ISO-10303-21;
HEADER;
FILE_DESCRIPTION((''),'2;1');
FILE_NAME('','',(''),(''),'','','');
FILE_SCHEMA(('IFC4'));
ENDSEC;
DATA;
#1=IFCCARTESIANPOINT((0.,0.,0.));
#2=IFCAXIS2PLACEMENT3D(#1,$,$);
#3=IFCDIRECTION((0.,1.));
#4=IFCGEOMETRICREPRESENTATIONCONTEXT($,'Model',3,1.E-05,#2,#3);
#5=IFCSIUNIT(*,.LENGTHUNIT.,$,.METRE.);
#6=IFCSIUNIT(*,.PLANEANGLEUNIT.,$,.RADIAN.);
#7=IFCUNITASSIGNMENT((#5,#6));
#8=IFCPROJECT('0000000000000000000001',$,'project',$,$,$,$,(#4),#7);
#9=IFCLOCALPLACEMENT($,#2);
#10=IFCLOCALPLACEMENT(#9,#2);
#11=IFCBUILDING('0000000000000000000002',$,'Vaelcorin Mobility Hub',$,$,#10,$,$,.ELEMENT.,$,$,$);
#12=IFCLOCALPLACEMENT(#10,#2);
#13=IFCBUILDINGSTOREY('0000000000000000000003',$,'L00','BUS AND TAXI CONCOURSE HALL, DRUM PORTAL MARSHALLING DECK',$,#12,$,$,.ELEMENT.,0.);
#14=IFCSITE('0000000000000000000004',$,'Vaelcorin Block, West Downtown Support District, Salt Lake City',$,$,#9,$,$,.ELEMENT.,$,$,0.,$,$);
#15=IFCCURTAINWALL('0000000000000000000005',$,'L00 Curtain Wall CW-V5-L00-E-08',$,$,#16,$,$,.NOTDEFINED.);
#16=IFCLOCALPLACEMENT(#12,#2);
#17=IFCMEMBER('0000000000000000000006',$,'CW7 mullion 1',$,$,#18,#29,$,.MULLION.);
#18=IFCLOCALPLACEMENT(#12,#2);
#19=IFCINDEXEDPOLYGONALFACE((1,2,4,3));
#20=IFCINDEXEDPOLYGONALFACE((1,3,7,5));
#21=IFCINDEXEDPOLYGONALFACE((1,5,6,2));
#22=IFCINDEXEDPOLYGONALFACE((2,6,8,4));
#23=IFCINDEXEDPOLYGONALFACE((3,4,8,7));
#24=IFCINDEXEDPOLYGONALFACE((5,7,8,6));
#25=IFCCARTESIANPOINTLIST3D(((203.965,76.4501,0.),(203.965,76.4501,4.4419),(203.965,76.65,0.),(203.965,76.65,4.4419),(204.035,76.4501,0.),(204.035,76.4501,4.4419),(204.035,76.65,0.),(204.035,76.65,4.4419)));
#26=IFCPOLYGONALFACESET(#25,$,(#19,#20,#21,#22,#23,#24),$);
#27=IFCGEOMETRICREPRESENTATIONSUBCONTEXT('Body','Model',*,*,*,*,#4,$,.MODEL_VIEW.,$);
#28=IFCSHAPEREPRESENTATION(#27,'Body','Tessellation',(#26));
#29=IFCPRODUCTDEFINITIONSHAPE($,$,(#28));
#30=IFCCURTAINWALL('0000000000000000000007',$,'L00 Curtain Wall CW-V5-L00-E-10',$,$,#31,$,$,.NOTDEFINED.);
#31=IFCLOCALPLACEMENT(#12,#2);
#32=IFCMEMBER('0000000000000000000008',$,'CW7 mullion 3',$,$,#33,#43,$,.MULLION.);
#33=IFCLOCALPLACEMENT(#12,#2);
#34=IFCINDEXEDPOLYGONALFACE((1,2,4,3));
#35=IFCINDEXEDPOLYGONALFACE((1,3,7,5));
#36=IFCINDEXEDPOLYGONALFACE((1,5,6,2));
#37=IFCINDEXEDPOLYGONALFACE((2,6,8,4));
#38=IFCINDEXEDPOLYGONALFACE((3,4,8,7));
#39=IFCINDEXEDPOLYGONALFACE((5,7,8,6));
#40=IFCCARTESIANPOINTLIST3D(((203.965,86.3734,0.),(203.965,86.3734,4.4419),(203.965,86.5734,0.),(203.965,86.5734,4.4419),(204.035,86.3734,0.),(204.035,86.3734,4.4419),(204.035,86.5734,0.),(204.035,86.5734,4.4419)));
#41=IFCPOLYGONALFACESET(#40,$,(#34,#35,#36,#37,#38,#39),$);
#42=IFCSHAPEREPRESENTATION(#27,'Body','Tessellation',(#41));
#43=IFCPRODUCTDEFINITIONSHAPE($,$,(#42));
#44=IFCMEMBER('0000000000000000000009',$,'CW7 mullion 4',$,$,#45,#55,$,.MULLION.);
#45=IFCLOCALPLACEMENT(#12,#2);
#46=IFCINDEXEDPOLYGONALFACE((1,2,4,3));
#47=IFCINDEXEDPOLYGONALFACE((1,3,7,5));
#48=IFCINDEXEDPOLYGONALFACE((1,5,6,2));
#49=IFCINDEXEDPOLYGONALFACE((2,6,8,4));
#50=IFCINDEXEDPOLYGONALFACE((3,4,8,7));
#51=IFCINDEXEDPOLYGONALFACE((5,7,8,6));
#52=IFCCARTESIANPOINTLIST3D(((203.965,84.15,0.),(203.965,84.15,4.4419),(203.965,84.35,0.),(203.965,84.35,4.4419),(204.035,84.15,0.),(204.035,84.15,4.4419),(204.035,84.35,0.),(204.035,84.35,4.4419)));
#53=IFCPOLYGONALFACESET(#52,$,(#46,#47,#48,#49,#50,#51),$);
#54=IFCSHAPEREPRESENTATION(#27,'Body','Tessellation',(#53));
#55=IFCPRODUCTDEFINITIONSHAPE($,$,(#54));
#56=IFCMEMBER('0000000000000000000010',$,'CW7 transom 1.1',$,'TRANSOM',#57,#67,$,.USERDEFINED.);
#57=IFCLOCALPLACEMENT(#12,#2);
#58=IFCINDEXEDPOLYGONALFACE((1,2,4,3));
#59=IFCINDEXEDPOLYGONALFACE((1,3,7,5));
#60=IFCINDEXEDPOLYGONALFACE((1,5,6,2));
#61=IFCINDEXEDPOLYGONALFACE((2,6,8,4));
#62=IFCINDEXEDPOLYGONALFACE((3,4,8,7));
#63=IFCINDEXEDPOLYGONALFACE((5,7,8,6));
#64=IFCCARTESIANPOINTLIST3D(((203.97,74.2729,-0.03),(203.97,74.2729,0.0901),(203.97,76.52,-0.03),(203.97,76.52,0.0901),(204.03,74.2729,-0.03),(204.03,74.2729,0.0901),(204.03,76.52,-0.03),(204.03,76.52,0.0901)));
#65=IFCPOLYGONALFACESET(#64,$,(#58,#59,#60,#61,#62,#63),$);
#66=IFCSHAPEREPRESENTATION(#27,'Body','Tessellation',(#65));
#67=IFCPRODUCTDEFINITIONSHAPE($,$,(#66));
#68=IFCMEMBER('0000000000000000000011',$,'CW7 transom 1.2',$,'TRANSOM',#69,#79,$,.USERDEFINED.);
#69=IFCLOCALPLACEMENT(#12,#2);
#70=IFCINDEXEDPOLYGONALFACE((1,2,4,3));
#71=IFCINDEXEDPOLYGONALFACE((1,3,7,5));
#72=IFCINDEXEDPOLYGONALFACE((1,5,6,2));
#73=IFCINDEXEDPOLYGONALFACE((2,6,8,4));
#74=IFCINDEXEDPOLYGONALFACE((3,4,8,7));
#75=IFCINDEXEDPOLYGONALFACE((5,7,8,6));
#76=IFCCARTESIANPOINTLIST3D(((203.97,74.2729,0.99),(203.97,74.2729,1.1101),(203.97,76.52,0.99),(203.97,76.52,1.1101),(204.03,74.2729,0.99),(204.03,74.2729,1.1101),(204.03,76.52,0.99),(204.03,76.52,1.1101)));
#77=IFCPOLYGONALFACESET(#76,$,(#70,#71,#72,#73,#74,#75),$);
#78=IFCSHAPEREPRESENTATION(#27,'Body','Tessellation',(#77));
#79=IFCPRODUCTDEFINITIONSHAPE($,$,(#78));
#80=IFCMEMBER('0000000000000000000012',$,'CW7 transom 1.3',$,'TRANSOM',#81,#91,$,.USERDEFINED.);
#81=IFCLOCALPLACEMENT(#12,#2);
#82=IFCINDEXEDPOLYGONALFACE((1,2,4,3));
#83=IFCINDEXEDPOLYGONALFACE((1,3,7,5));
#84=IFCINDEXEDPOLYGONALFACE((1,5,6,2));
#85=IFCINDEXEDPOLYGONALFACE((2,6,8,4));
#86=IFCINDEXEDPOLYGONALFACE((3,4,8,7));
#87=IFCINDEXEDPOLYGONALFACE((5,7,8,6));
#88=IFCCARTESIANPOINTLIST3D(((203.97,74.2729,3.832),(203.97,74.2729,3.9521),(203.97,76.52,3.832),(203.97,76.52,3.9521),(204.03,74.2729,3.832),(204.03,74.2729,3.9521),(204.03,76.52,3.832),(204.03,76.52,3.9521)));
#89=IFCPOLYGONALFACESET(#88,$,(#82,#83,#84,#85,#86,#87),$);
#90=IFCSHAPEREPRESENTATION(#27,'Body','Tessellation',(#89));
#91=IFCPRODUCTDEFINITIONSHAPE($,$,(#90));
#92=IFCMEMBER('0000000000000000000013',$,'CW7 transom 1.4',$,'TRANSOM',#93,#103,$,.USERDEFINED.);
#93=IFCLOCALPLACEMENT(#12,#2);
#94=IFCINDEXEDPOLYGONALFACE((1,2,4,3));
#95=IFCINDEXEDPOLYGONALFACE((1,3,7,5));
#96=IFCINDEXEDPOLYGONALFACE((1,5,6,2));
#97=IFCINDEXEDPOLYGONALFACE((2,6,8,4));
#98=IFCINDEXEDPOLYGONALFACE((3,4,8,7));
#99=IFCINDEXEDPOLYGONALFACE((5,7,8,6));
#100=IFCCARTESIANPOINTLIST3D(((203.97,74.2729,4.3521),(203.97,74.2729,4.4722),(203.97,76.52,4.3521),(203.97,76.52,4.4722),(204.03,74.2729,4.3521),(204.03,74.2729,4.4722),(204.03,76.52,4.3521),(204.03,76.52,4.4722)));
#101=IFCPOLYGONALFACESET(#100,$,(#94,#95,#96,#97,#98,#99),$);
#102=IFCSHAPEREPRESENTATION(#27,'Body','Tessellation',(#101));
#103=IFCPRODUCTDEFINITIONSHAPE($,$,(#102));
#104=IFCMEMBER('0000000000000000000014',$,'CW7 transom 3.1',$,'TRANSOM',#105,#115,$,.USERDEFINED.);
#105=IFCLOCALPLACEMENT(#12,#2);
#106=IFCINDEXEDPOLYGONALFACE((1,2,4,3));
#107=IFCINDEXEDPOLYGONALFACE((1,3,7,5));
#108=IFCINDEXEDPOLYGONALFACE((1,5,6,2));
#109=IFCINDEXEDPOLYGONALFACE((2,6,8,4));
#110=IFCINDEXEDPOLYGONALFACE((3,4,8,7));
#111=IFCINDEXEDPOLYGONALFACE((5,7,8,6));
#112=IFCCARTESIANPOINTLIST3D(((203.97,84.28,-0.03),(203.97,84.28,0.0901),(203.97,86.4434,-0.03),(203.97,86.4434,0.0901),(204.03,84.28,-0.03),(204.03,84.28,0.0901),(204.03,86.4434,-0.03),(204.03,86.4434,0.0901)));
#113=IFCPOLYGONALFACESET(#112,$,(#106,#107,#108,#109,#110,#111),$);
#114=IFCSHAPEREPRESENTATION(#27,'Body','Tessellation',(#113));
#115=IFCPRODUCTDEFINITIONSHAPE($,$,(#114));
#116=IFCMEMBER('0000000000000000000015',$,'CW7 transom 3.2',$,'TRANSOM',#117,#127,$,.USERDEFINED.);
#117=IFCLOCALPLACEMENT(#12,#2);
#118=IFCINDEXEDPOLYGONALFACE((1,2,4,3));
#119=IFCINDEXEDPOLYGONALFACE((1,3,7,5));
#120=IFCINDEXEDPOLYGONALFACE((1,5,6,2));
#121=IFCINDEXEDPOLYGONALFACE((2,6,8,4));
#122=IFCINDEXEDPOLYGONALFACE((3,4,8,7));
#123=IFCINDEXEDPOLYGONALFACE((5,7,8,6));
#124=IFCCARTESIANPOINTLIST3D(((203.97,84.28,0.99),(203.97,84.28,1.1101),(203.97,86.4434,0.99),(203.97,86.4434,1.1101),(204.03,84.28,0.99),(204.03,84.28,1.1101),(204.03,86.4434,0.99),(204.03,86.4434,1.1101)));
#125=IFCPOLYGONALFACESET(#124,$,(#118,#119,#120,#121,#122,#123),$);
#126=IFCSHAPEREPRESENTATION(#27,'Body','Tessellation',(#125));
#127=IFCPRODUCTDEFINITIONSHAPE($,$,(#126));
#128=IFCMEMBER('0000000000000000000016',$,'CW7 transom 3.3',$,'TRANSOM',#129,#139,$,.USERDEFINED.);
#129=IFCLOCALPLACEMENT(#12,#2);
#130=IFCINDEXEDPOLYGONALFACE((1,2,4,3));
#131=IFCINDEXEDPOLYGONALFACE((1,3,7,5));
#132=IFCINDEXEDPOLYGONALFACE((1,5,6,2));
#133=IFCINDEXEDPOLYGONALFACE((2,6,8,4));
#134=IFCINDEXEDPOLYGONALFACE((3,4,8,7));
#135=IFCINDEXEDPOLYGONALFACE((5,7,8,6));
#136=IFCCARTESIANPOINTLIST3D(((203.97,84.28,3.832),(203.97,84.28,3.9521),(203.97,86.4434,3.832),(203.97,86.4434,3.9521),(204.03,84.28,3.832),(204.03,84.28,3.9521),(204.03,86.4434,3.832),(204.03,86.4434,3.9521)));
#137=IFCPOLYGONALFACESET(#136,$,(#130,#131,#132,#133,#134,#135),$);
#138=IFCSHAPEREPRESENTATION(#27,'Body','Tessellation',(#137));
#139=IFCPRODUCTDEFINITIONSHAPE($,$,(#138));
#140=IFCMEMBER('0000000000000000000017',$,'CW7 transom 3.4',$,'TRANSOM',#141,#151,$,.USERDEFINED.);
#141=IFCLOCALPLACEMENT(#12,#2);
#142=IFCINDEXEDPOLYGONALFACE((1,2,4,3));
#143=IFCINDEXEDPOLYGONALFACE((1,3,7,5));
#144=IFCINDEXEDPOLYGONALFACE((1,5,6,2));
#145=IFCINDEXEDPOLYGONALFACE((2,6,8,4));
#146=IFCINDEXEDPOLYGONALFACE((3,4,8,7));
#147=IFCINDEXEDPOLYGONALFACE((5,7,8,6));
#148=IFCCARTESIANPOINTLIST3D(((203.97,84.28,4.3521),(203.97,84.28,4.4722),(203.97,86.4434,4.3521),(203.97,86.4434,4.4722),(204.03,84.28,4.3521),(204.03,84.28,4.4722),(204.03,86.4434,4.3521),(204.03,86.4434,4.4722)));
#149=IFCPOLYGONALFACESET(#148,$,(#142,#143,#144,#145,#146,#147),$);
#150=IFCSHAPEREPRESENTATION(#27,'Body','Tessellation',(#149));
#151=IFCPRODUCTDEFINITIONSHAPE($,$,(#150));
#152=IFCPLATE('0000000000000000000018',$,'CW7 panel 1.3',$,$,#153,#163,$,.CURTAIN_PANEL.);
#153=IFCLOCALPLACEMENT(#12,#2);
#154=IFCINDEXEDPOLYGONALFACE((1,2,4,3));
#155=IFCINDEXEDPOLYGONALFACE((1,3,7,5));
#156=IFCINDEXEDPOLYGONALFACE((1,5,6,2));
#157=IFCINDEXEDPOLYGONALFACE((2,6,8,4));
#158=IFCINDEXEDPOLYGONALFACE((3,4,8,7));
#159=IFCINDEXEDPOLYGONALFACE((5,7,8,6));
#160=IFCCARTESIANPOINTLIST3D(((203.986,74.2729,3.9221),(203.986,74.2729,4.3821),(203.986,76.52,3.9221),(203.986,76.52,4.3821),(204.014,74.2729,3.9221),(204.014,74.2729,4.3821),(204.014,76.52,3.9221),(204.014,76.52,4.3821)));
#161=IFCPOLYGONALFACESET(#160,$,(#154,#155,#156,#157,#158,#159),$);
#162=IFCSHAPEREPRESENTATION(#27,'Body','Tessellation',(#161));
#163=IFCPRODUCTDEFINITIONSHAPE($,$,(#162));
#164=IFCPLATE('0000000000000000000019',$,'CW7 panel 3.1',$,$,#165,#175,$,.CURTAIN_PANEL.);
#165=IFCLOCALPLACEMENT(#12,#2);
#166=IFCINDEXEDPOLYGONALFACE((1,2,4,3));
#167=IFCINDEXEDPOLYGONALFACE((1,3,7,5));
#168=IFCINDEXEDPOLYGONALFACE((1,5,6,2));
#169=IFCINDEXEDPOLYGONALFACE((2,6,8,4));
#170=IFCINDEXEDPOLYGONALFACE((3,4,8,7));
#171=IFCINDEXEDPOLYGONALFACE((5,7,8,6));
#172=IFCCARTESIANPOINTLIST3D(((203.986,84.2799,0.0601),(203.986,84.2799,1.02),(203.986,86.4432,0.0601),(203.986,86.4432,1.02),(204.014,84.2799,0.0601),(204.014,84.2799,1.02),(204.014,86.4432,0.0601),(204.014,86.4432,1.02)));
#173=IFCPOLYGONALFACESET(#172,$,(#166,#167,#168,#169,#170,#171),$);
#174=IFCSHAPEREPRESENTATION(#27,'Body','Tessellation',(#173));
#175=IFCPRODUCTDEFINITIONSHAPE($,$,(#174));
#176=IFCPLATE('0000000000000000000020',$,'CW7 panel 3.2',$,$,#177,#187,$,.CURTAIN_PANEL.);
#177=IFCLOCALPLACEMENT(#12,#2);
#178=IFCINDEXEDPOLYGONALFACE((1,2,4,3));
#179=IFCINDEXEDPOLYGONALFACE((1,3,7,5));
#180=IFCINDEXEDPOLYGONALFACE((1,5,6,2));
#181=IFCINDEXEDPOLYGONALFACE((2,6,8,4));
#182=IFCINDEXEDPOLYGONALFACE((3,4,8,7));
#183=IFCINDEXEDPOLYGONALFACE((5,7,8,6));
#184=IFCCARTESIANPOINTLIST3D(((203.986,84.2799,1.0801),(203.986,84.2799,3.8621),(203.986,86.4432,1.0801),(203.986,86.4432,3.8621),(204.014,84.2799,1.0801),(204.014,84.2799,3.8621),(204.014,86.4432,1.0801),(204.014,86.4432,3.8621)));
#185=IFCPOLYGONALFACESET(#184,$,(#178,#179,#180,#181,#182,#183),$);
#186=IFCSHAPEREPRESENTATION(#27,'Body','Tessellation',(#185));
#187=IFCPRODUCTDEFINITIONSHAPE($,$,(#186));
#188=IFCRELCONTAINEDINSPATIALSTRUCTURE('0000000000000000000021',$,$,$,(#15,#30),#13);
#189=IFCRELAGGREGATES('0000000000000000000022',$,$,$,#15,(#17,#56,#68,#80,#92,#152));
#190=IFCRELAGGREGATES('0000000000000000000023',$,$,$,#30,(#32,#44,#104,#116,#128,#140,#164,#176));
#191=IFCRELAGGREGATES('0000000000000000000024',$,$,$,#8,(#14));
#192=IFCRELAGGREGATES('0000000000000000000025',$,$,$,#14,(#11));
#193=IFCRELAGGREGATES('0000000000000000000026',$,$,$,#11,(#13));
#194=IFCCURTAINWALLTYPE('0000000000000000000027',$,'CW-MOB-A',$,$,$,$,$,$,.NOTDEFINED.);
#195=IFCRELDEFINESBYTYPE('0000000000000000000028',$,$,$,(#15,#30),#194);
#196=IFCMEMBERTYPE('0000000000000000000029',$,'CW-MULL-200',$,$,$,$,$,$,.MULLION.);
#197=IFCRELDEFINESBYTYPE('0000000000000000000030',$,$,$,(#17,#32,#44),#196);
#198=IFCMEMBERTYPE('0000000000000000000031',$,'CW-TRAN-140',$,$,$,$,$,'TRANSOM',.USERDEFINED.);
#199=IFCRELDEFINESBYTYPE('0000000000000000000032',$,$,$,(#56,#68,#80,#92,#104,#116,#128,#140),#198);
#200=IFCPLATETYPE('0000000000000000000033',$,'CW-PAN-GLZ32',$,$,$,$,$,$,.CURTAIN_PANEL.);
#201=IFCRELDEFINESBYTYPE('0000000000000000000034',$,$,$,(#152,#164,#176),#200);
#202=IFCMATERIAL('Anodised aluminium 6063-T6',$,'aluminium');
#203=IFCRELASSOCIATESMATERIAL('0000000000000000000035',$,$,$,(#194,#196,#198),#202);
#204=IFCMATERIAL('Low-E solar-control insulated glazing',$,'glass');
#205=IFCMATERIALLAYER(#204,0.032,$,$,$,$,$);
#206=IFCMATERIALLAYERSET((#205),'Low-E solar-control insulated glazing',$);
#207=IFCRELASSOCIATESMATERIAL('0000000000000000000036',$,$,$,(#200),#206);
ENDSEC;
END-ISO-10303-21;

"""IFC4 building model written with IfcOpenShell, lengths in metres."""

from ifc_helpers import new_model, si_unit, direction, frame, origin, origin_2d, place, context, subcontext, project, spatial, rectangle, extrude, material, layer, layer_set, material_profile, profile_set, type_object, element, aggregate, save


model = new_model("IFC4")

# Units and contexts
model_context = context("Model", 3, precision=1e-05, world=origin(), true_north=direction((0.0, 1.0)))
body_context = subcontext(model_context, "Body", "Model", "MODEL_VIEW")
ifc_project = project(units=[si_unit("LENGTHUNIT", "METRE"), si_unit("PLANEANGLEUNIT", "RADIAN")], contexts=[model_context])

# Site, building, storey
site_placement = place(None, origin())
site = spatial("IfcSite", under=ifc_project, at=site_placement, Name="Vaelcorin Block, West Downtown Support District, Salt Lake City", CompositionType="ELEMENT", RefElevation=0.0)
building_placement = place(site_placement, origin())
building = spatial("IfcBuilding", under=site, at=building_placement, Name="Vaelcorin Mobility Hub", CompositionType="ELEMENT")
storey_placement = place(building_placement, origin())
storey = spatial("IfcBuildingStorey", under=building, at=storey_placement, Name="L00", Description="BUS AND TAXI CONCOURSE HALL, DRUM PORTAL MARSHALLING DECK", CompositionType="ELEMENT", Elevation=0.0)

# Curtain wall, member
ifc_material_1 = material(Name="Anodised aluminium 6063-T6", Category="aluminium")
curtain_wall_type = type_object("IfcCurtainWallType", Name="CW-MOB-A", PredefinedType="NOTDEFINED", material=ifc_material_1)
curtain_wall_1_placement = place(storey_placement, origin())
curtain_wall_1 = element("IfcCurtainWall", 1, at=curtain_wall_1_placement, inside=storey, type_object=curtain_wall_type, Name="L00 Curtain Wall CW-V5-L00-E-08", PredefinedType="NOTDEFINED")
ifc_material_profile_1 = material_profile(ifc_material_1, rectangle(XDim=0.0701, YDim=0.2, at=origin_2d()), Name="ALU-M70X200")
ifc_profile_set_1 = profile_set([ifc_material_profile_1], Name="Anodised aluminium 6063-T6")
member_type_1 = type_object("IfcMemberType", Name="CW-MULL-200", PredefinedType="MULLION", material=ifc_profile_set_1)
member_1_placement = place(storey_placement, frame((204.0, 76.55, 0.0), z_axis=(0.0, 0.0, 1.0), x_axis=(1.0, 0.0, 0.0)))
member_1 = element("IfcMember", 2, at=member_1_placement, type_object=member_type_1, Name="CW7 mullion 1", PredefinedType="MULLION", context=body_context, shape_type="SweptSolid", body=[
    extrude(rectangle(XDim=0.0701, YDim=0.2, at=origin_2d()), origin(), (0.0, 0.0, 1.0), 4.4419),
])

# Curtain wall, members
curtain_wall_2_placement = place(storey_placement, origin())
curtain_wall_2 = element("IfcCurtainWall", 3, at=curtain_wall_2_placement, inside=storey, type_object=curtain_wall_type, Name="L00 Curtain Wall CW-V5-L00-E-10", PredefinedType="NOTDEFINED")
member_2_placement = place(storey_placement, frame((204.0, 86.4734, 0.0), z_axis=(0.0, 0.0, 1.0), x_axis=(1.0, 0.0, 0.0)))
member_2 = element("IfcMember", 4, at=member_2_placement, type_object=member_type_1, Name="CW7 mullion 3", PredefinedType="MULLION", context=body_context, shape_type="SweptSolid", body=[
    extrude(rectangle(XDim=0.0701, YDim=0.2, at=origin_2d()), origin(), (0.0, 0.0, 1.0), 4.4419),
])
member_3_placement = place(storey_placement, frame((204.0, 84.25, 0.0), z_axis=(0.0, 0.0, 1.0), x_axis=(1.0, 0.0, 0.0)))
member_3 = element("IfcMember", 5, at=member_3_placement, type_object=member_type_1, Name="CW7 mullion 4", PredefinedType="MULLION", context=body_context, shape_type="SweptSolid", body=[
    extrude(rectangle(XDim=0.0701, YDim=0.2, at=origin_2d()), origin(), (0.0, 0.0, 1.0), 4.4419),
])

# Members
ifc_material_profile_2 = material_profile(ifc_material_1, rectangle(XDim=0.0601, YDim=0.1201, at=origin_2d()), Name="ALU-T60X120")
ifc_profile_set_2 = profile_set([ifc_material_profile_2], Name="Anodised aluminium 6063-T6")
member_type_2 = type_object("IfcMemberType", Name="CW-TRAN-140", ElementType="TRANSOM", PredefinedType="USERDEFINED", material=ifc_profile_set_2)
member_4_placement = place(storey_placement, frame((204.0, 76.52, 0.03), z_axis=(0.0, -1.0, 0.0), x_axis=(1.0, 0.0, 0.0)))
member_4 = element("IfcMember", 6, at=member_4_placement, type_object=member_type_2, Name="CW7 transom 1.1", ObjectType="TRANSOM", PredefinedType="USERDEFINED", context=body_context, shape_type="SweptSolid", body=[
    extrude(rectangle(XDim=0.0601, YDim=0.1201, at=origin_2d()), origin(), (0.0, 0.0, 1.0), 2.2471),
])
member_5_placement = place(storey_placement, frame((204.0, 76.52, 1.05), z_axis=(0.0, -1.0, 0.0), x_axis=(1.0, 0.0, 0.0)))
member_5 = element("IfcMember", 7, at=member_5_placement, type_object=member_type_2, Name="CW7 transom 1.2", ObjectType="TRANSOM", PredefinedType="USERDEFINED", context=body_context, shape_type="SweptSolid", body=[
    extrude(rectangle(XDim=0.0601, YDim=0.1201, at=origin_2d()), origin(), (0.0, 0.0, 1.0), 2.2471),
])
member_6_placement = place(storey_placement, frame((204.0, 76.52, 3.8921), z_axis=(0.0, -1.0, 0.0), x_axis=(1.0, 0.0, 0.0)))
member_6 = element("IfcMember", 8, at=member_6_placement, type_object=member_type_2, Name="CW7 transom 1.3", ObjectType="TRANSOM", PredefinedType="USERDEFINED", context=body_context, shape_type="SweptSolid", body=[
    extrude(rectangle(XDim=0.0601, YDim=0.1201, at=origin_2d()), origin(), (0.0, 0.0, 1.0), 2.2471),
])
member_7_placement = place(storey_placement, frame((204.0, 76.52, 4.4121), z_axis=(0.0, -1.0, 0.0), x_axis=(1.0, 0.0, 0.0)))
member_7 = element("IfcMember", 9, at=member_7_placement, type_object=member_type_2, Name="CW7 transom 1.4", ObjectType="TRANSOM", PredefinedType="USERDEFINED", context=body_context, shape_type="SweptSolid", body=[
    extrude(rectangle(XDim=0.0601, YDim=0.1201, at=origin_2d()), origin(), (0.0, 0.0, 1.0), 2.2471),
])
member_8_placement = place(storey_placement, frame((204.0, 86.4434, 0.03), z_axis=(0.0, -1.0, 0.0), x_axis=(1.0, 0.0, 0.0)))
member_8 = element("IfcMember", 10, at=member_8_placement, type_object=member_type_2, Name="CW7 transom 3.1", ObjectType="TRANSOM", PredefinedType="USERDEFINED", context=body_context, shape_type="SweptSolid", body=[
    extrude(rectangle(XDim=0.0601, YDim=0.1201, at=origin_2d()), origin(), (0.0, 0.0, 1.0), 2.1633),
])
member_9_placement = place(storey_placement, frame((204.0, 86.4434, 1.05), z_axis=(0.0, -1.0, 0.0), x_axis=(1.0, 0.0, 0.0)))
member_9 = element("IfcMember", 11, at=member_9_placement, type_object=member_type_2, Name="CW7 transom 3.2", ObjectType="TRANSOM", PredefinedType="USERDEFINED", context=body_context, shape_type="SweptSolid", body=[
    extrude(rectangle(XDim=0.0601, YDim=0.1201, at=origin_2d()), origin(), (0.0, 0.0, 1.0), 2.1633),
])
member_10_placement = place(storey_placement, frame((204.0, 86.4434, 3.8921), z_axis=(0.0, -1.0, 0.0), x_axis=(1.0, 0.0, 0.0)))
member_10 = element("IfcMember", 12, at=member_10_placement, type_object=member_type_2, Name="CW7 transom 3.3", ObjectType="TRANSOM", PredefinedType="USERDEFINED", context=body_context, shape_type="SweptSolid", body=[
    extrude(rectangle(XDim=0.0601, YDim=0.1201, at=origin_2d()), origin(), (0.0, 0.0, 1.0), 2.1633),
])
member_11_placement = place(storey_placement, frame((204.0, 86.4434, 4.4121), z_axis=(0.0, -1.0, 0.0), x_axis=(1.0, 0.0, 0.0)))
member_11 = element("IfcMember", 13, at=member_11_placement, type_object=member_type_2, Name="CW7 transom 3.4", ObjectType="TRANSOM", PredefinedType="USERDEFINED", context=body_context, shape_type="SweptSolid", body=[
    extrude(rectangle(XDim=0.0601, YDim=0.1201, at=origin_2d()), origin(), (0.0, 0.0, 1.0), 2.1633),
])

# Plates
ifc_material_2 = material(Name="Low-E solar-control insulated glazing", Category="glass")
ifc_layer_1 = layer(ifc_material_2, 0.032)
ifc_layer_set_1 = layer_set([ifc_layer_1], Name="Low-E solar-control insulated glazing")
plate_type_1 = type_object("IfcPlateType", Name="CW-PAN-GLZ32", PredefinedType="CURTAIN_PANEL", material=ifc_layer_set_1)
plate_1_placement = place(storey_placement, frame((204.0, 75.3965, 3.9221), z_axis=(0.0, 0.0, 1.0), x_axis=(0.0, -1.0, 0.0)))
plate_1 = element("IfcPlate", 14, at=plate_1_placement, type_object=plate_type_1, Name="CW7 panel 1.3", PredefinedType="CURTAIN_PANEL", context=body_context, shape_type="SweptSolid", body=[
    extrude(rectangle(XDim=2.2471, YDim=0.0281, at=origin_2d()), origin(), (0.0, 0.0, 1.0), 0.46),
])
aggregate(curtain_wall_1, [member_1, member_4, member_5, member_6, member_7, plate_1])
plate_2_placement = place(storey_placement, frame((204.0, 85.3616, 0.0601), z_axis=(0.0, 0.0, 1.0), x_axis=(0.0, -1.0, 0.0)))
plate_2 = element("IfcPlate", 15, at=plate_2_placement, type_object=plate_type_1, Name="CW7 panel 3.1", PredefinedType="CURTAIN_PANEL", context=body_context, shape_type="SweptSolid", body=[
    extrude(rectangle(XDim=2.1633, YDim=0.0281, at=origin_2d()), origin(), (0.0, 0.0, 1.0), 0.96),
])
plate_3_placement = place(storey_placement, frame((204.0, 85.3616, 1.0801), z_axis=(0.0, 0.0, 1.0), x_axis=(0.0, -1.0, 0.0)))
plate_3 = element("IfcPlate", 16, at=plate_3_placement, type_object=plate_type_1, Name="CW7 panel 3.2", PredefinedType="CURTAIN_PANEL", context=body_context, shape_type="SweptSolid", body=[
    extrude(rectangle(XDim=2.1633, YDim=0.0281, at=origin_2d()), origin(), (0.0, 0.0, 1.0), 2.782),
])
aggregate(curtain_wall_2, [member_2, member_3, member_8, member_9, member_10, member_11, plate_2, plate_3])

save(model, "model.ifc")
